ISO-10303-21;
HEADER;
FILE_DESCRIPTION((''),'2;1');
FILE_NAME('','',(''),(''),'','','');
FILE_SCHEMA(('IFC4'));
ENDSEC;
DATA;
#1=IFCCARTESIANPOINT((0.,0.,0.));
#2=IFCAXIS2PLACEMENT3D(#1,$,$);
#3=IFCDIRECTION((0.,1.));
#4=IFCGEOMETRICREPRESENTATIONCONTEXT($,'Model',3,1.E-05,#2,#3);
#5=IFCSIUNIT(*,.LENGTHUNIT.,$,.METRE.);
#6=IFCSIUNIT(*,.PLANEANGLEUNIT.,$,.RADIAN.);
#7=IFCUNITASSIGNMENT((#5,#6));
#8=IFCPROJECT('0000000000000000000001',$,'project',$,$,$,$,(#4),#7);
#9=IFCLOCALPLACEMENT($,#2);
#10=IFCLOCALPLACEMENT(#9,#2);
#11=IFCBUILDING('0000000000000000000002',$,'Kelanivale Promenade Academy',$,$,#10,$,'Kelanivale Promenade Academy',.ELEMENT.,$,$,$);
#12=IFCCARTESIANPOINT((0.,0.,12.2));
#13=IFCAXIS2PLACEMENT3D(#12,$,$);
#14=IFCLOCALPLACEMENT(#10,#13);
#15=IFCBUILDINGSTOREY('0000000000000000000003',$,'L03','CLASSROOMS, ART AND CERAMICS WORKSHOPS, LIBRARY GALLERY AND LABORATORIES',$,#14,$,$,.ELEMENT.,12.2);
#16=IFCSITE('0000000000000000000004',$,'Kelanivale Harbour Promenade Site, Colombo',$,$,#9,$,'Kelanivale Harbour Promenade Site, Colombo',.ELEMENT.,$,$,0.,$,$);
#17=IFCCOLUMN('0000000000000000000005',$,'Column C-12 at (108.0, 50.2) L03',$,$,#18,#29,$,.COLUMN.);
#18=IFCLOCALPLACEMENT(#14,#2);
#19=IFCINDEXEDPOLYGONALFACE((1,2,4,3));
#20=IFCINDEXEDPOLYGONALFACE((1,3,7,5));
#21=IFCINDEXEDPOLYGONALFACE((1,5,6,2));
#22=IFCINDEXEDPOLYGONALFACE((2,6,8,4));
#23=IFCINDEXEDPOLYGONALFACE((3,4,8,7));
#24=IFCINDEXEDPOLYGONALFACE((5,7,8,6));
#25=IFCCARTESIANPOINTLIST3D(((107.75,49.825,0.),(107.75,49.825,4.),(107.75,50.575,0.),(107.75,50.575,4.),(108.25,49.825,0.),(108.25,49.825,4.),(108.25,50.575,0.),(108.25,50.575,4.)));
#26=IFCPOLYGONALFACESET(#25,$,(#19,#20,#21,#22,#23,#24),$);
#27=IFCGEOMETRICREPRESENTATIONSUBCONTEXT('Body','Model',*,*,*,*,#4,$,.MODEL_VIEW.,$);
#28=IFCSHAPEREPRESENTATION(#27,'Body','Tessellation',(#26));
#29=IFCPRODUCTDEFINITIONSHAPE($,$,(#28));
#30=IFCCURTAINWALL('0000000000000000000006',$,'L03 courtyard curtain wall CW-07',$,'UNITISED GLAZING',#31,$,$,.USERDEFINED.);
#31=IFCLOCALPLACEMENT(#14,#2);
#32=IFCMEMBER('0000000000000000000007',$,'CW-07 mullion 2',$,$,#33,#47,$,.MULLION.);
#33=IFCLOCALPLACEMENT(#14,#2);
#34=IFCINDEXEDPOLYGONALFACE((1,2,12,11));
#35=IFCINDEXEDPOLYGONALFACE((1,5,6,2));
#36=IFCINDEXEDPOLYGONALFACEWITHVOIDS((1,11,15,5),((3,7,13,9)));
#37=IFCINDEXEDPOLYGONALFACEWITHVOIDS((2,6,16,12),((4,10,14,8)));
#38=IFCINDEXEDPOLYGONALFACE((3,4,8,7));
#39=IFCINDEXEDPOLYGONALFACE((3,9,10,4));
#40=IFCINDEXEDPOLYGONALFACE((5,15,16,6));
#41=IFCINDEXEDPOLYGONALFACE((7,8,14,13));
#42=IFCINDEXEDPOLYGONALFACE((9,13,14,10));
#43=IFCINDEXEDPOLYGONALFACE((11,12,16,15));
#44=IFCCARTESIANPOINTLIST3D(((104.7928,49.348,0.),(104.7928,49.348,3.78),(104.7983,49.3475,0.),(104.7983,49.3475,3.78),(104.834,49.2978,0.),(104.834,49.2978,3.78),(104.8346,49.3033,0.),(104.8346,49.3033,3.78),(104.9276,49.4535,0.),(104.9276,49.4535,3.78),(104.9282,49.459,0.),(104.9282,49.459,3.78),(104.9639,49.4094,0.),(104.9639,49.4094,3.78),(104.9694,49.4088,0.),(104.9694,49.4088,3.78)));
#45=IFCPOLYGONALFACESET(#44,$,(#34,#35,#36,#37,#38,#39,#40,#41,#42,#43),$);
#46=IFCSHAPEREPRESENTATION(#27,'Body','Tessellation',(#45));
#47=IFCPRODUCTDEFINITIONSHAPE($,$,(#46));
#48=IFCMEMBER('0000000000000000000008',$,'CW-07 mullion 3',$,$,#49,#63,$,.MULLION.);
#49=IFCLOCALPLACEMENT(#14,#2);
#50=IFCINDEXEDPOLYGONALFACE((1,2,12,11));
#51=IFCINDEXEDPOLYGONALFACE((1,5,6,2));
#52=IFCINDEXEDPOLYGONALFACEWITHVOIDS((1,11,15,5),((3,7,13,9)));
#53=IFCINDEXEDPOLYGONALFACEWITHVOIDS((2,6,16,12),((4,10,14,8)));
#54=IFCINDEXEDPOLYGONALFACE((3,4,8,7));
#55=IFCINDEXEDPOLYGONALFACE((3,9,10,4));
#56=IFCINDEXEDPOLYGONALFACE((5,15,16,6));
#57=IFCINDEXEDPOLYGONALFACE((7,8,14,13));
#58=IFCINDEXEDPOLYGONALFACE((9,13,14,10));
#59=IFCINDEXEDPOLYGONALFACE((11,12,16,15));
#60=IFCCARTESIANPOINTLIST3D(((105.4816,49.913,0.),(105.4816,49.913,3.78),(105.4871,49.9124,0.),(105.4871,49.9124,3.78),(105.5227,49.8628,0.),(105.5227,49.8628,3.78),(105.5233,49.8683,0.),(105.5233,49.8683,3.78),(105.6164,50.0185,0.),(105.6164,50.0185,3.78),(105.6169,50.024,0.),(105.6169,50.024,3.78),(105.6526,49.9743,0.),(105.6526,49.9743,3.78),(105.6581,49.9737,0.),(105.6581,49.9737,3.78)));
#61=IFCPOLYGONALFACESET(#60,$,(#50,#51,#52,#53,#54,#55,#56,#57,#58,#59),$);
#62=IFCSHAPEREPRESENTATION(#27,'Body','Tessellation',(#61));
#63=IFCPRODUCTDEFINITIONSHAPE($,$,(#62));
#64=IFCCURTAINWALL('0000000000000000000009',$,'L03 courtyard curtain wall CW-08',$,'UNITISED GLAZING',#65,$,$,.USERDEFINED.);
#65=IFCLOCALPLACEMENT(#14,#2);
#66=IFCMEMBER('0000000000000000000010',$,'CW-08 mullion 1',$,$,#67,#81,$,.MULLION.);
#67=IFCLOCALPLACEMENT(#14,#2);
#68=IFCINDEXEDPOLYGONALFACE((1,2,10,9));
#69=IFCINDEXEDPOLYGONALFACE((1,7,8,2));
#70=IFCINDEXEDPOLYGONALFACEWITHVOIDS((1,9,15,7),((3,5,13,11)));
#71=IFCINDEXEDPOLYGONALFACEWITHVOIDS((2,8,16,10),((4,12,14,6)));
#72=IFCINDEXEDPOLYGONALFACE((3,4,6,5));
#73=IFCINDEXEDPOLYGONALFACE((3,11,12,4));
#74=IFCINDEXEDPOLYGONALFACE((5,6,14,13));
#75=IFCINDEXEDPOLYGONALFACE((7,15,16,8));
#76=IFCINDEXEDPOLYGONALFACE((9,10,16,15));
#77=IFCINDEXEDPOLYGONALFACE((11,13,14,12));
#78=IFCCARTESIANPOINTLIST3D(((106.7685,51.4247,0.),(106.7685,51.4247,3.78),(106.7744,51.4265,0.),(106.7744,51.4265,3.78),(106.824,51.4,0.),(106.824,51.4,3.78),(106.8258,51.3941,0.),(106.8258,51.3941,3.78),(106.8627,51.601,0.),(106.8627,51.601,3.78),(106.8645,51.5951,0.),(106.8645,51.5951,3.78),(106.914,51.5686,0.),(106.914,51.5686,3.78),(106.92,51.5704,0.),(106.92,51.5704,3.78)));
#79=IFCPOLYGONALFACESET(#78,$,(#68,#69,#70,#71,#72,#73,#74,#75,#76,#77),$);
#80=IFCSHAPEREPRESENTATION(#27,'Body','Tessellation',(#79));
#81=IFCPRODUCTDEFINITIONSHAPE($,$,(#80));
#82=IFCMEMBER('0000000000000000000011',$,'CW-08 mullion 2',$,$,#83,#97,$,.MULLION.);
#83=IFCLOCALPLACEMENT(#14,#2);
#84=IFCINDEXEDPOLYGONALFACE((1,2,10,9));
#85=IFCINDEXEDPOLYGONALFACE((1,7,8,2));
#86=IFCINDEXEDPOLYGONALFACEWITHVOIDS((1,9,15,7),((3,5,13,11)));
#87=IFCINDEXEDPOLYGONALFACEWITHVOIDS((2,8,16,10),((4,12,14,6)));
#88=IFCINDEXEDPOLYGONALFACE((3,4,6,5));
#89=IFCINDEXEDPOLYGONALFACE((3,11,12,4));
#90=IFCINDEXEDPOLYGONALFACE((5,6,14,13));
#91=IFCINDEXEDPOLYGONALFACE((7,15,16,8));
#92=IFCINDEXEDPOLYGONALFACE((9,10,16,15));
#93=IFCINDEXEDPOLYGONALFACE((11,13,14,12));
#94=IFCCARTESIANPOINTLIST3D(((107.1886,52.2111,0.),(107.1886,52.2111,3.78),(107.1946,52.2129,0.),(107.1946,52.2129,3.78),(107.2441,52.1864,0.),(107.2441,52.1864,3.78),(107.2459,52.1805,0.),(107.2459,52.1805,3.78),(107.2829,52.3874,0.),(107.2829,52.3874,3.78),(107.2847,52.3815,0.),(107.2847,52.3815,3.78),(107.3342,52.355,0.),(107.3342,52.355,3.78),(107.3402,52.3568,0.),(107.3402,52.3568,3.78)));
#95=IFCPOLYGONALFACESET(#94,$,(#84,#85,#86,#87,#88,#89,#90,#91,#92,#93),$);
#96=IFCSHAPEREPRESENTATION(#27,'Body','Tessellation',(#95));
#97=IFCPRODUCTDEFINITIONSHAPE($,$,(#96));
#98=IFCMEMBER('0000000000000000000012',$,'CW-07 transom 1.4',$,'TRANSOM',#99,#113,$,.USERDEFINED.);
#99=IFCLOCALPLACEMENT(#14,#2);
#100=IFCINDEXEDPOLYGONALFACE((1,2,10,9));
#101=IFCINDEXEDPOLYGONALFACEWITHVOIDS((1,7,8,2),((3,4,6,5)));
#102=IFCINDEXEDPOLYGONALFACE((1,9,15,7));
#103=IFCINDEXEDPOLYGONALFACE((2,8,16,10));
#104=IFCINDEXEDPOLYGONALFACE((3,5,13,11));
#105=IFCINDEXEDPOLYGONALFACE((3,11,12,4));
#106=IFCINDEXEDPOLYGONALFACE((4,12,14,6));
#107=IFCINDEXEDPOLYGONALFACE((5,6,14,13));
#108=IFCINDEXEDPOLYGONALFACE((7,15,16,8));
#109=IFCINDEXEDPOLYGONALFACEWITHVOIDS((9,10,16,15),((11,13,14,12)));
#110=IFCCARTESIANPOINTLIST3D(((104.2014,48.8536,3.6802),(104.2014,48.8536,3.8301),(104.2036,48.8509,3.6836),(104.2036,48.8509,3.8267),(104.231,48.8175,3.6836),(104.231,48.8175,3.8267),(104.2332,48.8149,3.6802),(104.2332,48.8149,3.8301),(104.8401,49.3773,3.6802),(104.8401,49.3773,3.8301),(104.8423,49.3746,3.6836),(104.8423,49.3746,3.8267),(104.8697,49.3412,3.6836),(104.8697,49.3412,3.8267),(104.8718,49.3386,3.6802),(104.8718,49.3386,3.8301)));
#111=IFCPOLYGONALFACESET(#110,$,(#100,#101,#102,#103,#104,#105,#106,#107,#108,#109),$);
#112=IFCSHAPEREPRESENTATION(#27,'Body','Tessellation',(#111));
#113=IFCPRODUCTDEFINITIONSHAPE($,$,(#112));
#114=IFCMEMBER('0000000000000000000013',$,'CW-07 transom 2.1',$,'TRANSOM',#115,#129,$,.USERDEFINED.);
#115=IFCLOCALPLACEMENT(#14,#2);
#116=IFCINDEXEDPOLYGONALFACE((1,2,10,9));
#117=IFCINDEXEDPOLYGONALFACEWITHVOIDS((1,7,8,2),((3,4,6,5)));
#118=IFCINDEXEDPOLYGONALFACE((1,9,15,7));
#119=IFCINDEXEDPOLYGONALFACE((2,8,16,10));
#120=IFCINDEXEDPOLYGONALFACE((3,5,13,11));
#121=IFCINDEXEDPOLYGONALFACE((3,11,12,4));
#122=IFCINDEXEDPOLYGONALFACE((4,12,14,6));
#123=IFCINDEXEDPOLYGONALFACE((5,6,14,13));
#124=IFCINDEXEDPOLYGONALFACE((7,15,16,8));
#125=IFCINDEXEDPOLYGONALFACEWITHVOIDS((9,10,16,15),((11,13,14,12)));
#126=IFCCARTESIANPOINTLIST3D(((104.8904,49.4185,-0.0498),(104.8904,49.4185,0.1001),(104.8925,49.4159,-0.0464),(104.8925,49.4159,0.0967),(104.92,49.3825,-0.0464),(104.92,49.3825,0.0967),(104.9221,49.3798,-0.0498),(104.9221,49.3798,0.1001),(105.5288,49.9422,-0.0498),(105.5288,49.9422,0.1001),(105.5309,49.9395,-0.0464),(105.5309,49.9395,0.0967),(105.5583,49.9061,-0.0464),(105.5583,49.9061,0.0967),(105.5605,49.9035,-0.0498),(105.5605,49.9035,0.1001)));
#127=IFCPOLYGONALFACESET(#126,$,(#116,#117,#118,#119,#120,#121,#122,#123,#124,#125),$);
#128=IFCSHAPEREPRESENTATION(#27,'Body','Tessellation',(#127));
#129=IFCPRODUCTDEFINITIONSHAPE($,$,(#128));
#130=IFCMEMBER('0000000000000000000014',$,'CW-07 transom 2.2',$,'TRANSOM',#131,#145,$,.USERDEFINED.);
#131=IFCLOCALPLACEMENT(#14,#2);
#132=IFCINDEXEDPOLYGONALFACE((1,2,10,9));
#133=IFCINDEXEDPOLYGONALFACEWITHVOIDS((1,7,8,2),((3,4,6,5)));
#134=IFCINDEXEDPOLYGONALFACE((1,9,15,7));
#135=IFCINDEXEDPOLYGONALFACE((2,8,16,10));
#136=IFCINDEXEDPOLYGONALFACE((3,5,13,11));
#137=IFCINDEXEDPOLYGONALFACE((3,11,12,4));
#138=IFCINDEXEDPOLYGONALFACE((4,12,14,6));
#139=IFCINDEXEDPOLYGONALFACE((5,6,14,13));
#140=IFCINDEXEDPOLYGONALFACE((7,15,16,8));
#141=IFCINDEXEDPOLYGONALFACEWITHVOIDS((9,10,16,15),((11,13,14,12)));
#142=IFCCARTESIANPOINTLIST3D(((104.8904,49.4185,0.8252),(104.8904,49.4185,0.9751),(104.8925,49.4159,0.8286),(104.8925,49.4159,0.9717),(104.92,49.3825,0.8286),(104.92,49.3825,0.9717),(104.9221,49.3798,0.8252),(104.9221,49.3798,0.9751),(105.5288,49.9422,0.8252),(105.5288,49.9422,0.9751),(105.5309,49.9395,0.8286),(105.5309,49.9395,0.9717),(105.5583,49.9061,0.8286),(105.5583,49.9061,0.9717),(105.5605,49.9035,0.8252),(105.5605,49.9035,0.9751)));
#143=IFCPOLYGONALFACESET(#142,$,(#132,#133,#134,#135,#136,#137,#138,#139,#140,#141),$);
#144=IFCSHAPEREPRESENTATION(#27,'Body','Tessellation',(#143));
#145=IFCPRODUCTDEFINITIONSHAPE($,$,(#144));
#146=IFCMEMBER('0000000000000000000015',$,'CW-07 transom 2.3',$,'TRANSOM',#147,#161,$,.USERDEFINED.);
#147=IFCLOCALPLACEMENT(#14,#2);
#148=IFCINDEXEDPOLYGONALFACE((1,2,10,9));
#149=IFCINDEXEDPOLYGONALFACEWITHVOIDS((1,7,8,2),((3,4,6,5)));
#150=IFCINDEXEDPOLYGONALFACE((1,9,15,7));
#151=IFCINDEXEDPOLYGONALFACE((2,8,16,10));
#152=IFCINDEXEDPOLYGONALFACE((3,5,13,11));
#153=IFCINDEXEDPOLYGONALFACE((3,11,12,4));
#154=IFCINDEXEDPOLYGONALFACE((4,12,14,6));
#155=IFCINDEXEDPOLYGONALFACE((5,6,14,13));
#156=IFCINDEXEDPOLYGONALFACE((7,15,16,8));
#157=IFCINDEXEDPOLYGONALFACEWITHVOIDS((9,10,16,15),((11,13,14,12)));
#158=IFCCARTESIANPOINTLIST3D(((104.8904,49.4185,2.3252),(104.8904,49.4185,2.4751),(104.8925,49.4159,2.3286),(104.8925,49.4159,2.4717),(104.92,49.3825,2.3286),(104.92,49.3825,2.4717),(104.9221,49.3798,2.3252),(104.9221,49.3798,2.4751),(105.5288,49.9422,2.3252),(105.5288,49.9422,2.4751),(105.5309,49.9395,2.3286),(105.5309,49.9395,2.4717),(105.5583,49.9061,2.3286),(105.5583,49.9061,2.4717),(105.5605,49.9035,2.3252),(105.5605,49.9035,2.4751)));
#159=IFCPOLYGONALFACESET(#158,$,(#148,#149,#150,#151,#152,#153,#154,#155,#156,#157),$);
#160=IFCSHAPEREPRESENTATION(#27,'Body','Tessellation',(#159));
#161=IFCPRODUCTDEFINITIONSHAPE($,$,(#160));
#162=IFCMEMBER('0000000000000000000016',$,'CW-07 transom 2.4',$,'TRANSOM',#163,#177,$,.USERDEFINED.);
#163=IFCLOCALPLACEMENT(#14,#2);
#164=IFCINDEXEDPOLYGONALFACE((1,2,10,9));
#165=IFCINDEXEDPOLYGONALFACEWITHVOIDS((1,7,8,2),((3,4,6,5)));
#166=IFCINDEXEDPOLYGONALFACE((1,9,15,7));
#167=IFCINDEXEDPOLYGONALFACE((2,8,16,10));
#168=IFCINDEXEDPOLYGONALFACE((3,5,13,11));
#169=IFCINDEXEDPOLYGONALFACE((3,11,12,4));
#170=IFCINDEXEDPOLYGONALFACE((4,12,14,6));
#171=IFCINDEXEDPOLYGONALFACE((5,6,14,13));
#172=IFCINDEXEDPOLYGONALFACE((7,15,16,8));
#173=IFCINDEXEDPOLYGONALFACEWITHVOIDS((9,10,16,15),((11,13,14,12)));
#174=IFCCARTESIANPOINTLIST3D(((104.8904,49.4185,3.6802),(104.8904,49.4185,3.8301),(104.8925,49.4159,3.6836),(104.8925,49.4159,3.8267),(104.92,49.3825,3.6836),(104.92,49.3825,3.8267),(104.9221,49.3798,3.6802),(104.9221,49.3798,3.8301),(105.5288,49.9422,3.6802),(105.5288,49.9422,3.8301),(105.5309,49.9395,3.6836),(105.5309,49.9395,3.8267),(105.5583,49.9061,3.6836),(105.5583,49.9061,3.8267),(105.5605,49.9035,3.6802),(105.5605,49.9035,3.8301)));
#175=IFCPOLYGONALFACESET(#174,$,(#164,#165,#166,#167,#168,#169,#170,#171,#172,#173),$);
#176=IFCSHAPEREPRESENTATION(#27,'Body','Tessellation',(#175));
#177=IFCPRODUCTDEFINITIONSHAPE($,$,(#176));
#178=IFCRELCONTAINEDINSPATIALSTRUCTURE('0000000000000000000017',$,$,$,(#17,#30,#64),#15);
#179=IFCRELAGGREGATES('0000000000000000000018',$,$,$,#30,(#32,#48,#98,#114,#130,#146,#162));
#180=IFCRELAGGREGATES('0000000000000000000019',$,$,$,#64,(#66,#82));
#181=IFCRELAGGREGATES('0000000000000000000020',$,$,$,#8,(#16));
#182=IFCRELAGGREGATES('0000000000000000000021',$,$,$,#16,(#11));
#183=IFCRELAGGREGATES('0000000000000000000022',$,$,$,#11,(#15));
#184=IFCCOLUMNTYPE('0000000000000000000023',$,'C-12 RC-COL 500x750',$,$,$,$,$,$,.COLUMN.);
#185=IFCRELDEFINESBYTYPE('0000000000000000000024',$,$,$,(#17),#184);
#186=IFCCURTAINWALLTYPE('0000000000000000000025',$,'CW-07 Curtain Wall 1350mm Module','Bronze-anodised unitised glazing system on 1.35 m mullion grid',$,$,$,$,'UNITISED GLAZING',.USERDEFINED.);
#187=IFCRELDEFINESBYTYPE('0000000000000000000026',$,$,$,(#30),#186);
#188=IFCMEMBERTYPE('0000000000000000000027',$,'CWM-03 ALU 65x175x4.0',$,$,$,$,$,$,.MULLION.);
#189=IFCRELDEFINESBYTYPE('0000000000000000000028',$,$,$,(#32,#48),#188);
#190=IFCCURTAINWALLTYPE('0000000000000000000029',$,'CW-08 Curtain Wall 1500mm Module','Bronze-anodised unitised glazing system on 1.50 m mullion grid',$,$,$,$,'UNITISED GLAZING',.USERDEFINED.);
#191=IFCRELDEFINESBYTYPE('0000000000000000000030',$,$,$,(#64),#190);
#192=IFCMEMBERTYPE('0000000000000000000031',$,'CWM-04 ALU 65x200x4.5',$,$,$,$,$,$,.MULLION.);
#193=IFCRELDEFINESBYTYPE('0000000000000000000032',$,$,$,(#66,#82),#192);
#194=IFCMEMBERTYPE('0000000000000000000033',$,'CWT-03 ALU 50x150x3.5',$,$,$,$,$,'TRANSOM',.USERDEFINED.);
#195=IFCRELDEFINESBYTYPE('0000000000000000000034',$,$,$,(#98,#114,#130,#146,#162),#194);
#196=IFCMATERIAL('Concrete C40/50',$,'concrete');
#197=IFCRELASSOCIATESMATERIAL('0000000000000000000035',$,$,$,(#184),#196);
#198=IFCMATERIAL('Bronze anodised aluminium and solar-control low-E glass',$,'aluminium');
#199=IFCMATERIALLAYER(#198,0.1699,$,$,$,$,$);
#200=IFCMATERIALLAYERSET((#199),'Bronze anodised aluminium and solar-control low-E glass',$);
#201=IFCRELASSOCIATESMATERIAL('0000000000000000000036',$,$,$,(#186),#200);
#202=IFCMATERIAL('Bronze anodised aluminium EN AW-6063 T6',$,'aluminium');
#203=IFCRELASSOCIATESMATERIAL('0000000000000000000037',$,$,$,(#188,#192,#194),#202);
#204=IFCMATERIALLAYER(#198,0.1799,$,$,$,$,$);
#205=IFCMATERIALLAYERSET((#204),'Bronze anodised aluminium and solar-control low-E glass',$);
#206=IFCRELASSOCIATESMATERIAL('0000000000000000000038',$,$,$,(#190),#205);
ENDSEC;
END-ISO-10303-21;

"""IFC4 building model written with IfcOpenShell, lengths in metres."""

from ifc_helpers import new_model, si_unit, direction, frame, origin, origin_2d, place, context, subcontext, project, spatial, rectangle, hollow_rectangle, extrude, material, layer, layer_set, material_profile, profile_set, type_object, element, aggregate, save


model = new_model("IFC4")

# Units and contexts
model_context = context("Model", 3, precision=1e-05, world=origin(), true_north=direction((0.0, 1.0)))
body_context = subcontext(model_context, "Body", "Model", "MODEL_VIEW")
ifc_project = project(units=[si_unit("LENGTHUNIT", "METRE"), si_unit("PLANEANGLEUNIT", "RADIAN")], contexts=[model_context])

# Site, building, storey
site_placement = place(None, origin())
site = spatial("IfcSite", under=ifc_project, at=site_placement, Name="Kelanivale Harbour Promenade Site, Colombo", LongName="Kelanivale Harbour Promenade Site, Colombo", CompositionType="ELEMENT", RefElevation=0.0)
building_placement = place(site_placement, origin())
building = spatial("IfcBuilding", under=site, at=building_placement, Name="Kelanivale Promenade Academy", LongName="Kelanivale Promenade Academy", CompositionType="ELEMENT")
storey_placement = place(building_placement, frame((0.0, 0.0, 12.2)))
storey = spatial("IfcBuildingStorey", under=building, at=storey_placement, Name="L03", Description="CLASSROOMS, ART AND CERAMICS WORKSHOPS, LIBRARY GALLERY AND LABORATORIES", CompositionType="ELEMENT", Elevation=12.2)

# Column
ifc_material_1 = material(Name="Concrete C40/50", Category="concrete")
ifc_material_profile_1 = material_profile(ifc_material_1, rectangle(XDim=0.5, YDim=0.75, at=origin_2d()), Name="RC-COL 500x750")
ifc_profile_set_1 = profile_set([ifc_material_profile_1], Name="Concrete C40/50")
column_type = type_object("IfcColumnType", Name="C-12 RC-COL 500x750", PredefinedType="COLUMN", material=ifc_profile_set_1)
column_placement = place(storey_placement, frame((108.0, 50.2, 0.0), z_axis=(0.0, 0.0, 1.0), x_axis=(1.0, 0.0, 0.0)))
element("IfcColumn", 1, at=column_placement, inside=storey, type_object=column_type, Name="Column C-12 at (108.0, 50.2) L03", PredefinedType="COLUMN", context=body_context, shape_type="SweptSolid", body=[
    extrude(rectangle(XDim=0.5, YDim=0.75, at=origin_2d()), origin(), (0.0, 0.0, 1.0), 4.0),
])

# Curtain walls, members
ifc_material_2 = material(Name="Bronze anodised aluminium and solar-control low-E glass", Category="aluminium")
ifc_layer_1 = layer(ifc_material_2, 0.1699)
ifc_layer_set_1 = layer_set([ifc_layer_1], Name="Bronze anodised aluminium and solar-control low-E glass")
curtain_wall_type_1 = type_object("IfcCurtainWallType", Name="CW-07 Curtain Wall 1350mm Module", Description="Bronze-anodised unitised glazing system on 1.35 m mullion grid", ElementType="UNITISED GLAZING", PredefinedType="USERDEFINED", material=ifc_layer_set_1)
curtain_wall_1_placement = place(storey_placement, origin())
curtain_wall_1 = element("IfcCurtainWall", 2, at=curtain_wall_1_placement, inside=storey, type_object=curtain_wall_type_1, Name="L03 courtyard curtain wall CW-07", ObjectType="UNITISED GLAZING", PredefinedType="USERDEFINED")
ifc_material_3 = material(Name="Bronze anodised aluminium EN AW-6063 T6", Category="aluminium")
ifc_material_profile_2 = material_profile(ifc_material_3, hollow_rectangle(XDim=0.0649, YDim=0.175, WallThickness=0.0039, at=origin_2d()), Name="ALU 65x175x4.0")
ifc_profile_set_2 = profile_set([ifc_material_profile_2], Name="Bronze anodised aluminium EN AW-6063 T6")
member_type_1 = type_object("IfcMemberType", Name="CWM-03 ALU 65x175x4.0", PredefinedType="MULLION", material=ifc_profile_set_2)
member_1_placement = place(storey_placement, frame((104.8811, 49.3784, 0.0), z_axis=(0.0, 0.0, 1.0), x_axis=(-0.634093, 0.773257, 0.0)))
member_1 = element("IfcMember", 3, at=member_1_placement, type_object=member_type_1, Name="CW-07 mullion 2", PredefinedType="MULLION", context=body_context, shape_type="SweptSolid", body=[
    extrude(hollow_rectangle(XDim=0.0649, YDim=0.175, WallThickness=0.0039, at=origin_2d()), origin(), (0.0, 0.0, 1.0), 3.78),
])
member_2_placement = place(storey_placement, frame((105.5698, 49.9434, 0.0), z_axis=(0.0, 0.0, 1.0), x_axis=(-0.634093, 0.773257, 0.0)))
member_2 = element("IfcMember", 4, at=member_2_placement, type_object=member_type_1, Name="CW-07 mullion 3", PredefinedType="MULLION", context=body_context, shape_type="SweptSolid", body=[
    extrude(hollow_rectangle(XDim=0.0649, YDim=0.175, WallThickness=0.0039, at=origin_2d()), origin(), (0.0, 0.0, 1.0), 3.78),
])
ifc_layer_2 = layer(ifc_material_2, 0.1799)
ifc_layer_set_2 = layer_set([ifc_layer_2], Name="Bronze anodised aluminium and solar-control low-E glass")
curtain_wall_type_2 = type_object("IfcCurtainWallType", Name="CW-08 Curtain Wall 1500mm Module", Description="Bronze-anodised unitised glazing system on 1.50 m mullion grid", ElementType="UNITISED GLAZING", PredefinedType="USERDEFINED", material=ifc_layer_set_2)
curtain_wall_2_placement = place(storey_placement, origin())
curtain_wall_2 = element("IfcCurtainWall", 5, at=curtain_wall_2_placement, inside=storey, type_object=curtain_wall_type_2, Name="L03 courtyard curtain wall CW-08", ObjectType="UNITISED GLAZING", PredefinedType="USERDEFINED")
ifc_material_profile_3 = material_profile(ifc_material_3, hollow_rectangle(XDim=0.0649, YDim=0.2, WallThickness=0.0044, at=origin_2d()), Name="ALU 65x200x4.5")
ifc_profile_set_3 = profile_set([ifc_material_profile_3], Name="Bronze anodised aluminium EN AW-6063 T6")
member_type_2 = type_object("IfcMemberType", Name="CWM-04 ALU 65x200x4.5", PredefinedType="MULLION", material=ifc_profile_set_3)
member_3_placement = place(storey_placement, frame((106.8442, 51.4976, 0.0), z_axis=(0.0, 0.0, 1.0), x_axis=(-0.881978, 0.47129, 0.0)))
member_3 = element("IfcMember", 6, at=member_3_placement, type_object=member_type_2, Name="CW-08 mullion 1", PredefinedType="MULLION", context=body_context, shape_type="SweptSolid", body=[
    extrude(hollow_rectangle(XDim=0.0649, YDim=0.2, WallThickness=0.0044, at=origin_2d()), origin(), (0.0, 0.0, 1.0), 3.78),
])
member_4_placement = place(storey_placement, frame((107.2644, 52.2839, 0.0), z_axis=(0.0, 0.0, 1.0), x_axis=(-0.881978, 0.47129, 0.0)))
member_4 = element("IfcMember", 7, at=member_4_placement, type_object=member_type_2, Name="CW-08 mullion 2", PredefinedType="MULLION", context=body_context, shape_type="SweptSolid", body=[
    extrude(hollow_rectangle(XDim=0.0649, YDim=0.2, WallThickness=0.0044, at=origin_2d()), origin(), (0.0, 0.0, 1.0), 3.78),
])

# Members
ifc_material_profile_4 = material_profile(ifc_material_3, hollow_rectangle(XDim=0.05, YDim=0.1499, WallThickness=0.0034, at=origin_2d()), Name="ALU 50x150x3.5")
ifc_profile_set_4 = profile_set([ifc_material_profile_4], Name="Bronze anodised aluminium EN AW-6063 T6")
member_type_3 = type_object("IfcMemberType", Name="CWT-03 ALU 50x150x3.5", ElementType="TRANSOM", PredefinedType="USERDEFINED", material=ifc_profile_set_4)
member_5_placement = place(storey_placement, frame((104.2173, 48.8342, 3.7551), z_axis=(0.773285, 0.634058, 0.0), x_axis=(-0.634058, 0.773285, 0.0)))
member_5 = element("IfcMember", 8, at=member_5_placement, type_object=member_type_3, Name="CW-07 transom 1.4", ObjectType="TRANSOM", PredefinedType="USERDEFINED", context=body_context, shape_type="SweptSolid", body=[
    extrude(hollow_rectangle(XDim=0.05, YDim=0.1499, WallThickness=0.0034, at=origin_2d()), origin(), (0.0, 0.0, 1.0), 0.8259),
])
member_6_placement = place(storey_placement, frame((104.9062, 49.3992, 0.0251), z_axis=(0.773166, 0.634203, 0.0), x_axis=(-0.634203, 0.773166, 0.0)))
member_6 = element("IfcMember", 9, at=member_6_placement, type_object=member_type_3, Name="CW-07 transom 2.1", ObjectType="TRANSOM", PredefinedType="USERDEFINED", context=body_context, shape_type="SweptSolid", body=[
    extrude(hollow_rectangle(XDim=0.05, YDim=0.1499, WallThickness=0.0034, at=origin_2d()), origin(), (0.0, 0.0, 1.0), 0.8257),
])
member_7_placement = place(storey_placement, frame((104.9062, 49.3992, 0.9001), z_axis=(0.773166, 0.634203, 0.0), x_axis=(-0.634203, 0.773166, 0.0)))
member_7 = element("IfcMember", 10, at=member_7_placement, type_object=member_type_3, Name="CW-07 transom 2.2", ObjectType="TRANSOM", PredefinedType="USERDEFINED", context=body_context, shape_type="SweptSolid", body=[
    extrude(hollow_rectangle(XDim=0.05, YDim=0.1499, WallThickness=0.0034, at=origin_2d()), origin(), (0.0, 0.0, 1.0), 0.8257),
])
member_8_placement = place(storey_placement, frame((104.9062, 49.3992, 2.4001), z_axis=(0.773166, 0.634203, 0.0), x_axis=(-0.634203, 0.773166, 0.0)))
member_8 = element("IfcMember", 11, at=member_8_placement, type_object=member_type_3, Name="CW-07 transom 2.3", ObjectType="TRANSOM", PredefinedType="USERDEFINED", context=body_context, shape_type="SweptSolid", body=[
    extrude(hollow_rectangle(XDim=0.05, YDim=0.1499, WallThickness=0.0034, at=origin_2d()), origin(), (0.0, 0.0, 1.0), 0.8257),
])
member_9_placement = place(storey_placement, frame((104.9062, 49.3992, 3.7551), z_axis=(0.773166, 0.634203, 0.0), x_axis=(-0.634203, 0.773166, 0.0)))
member_9 = element("IfcMember", 12, at=member_9_placement, type_object=member_type_3, Name="CW-07 transom 2.4", ObjectType="TRANSOM", PredefinedType="USERDEFINED", context=body_context, shape_type="SweptSolid", body=[
    extrude(hollow_rectangle(XDim=0.05, YDim=0.1499, WallThickness=0.0034, at=origin_2d()), origin(), (0.0, 0.0, 1.0), 0.8257),
])

aggregate(curtain_wall_1, [member_1, member_2, member_5, member_6, member_7, member_8, member_9])
aggregate(curtain_wall_2, [member_3, member_4])

save(model, "model.ifc")
